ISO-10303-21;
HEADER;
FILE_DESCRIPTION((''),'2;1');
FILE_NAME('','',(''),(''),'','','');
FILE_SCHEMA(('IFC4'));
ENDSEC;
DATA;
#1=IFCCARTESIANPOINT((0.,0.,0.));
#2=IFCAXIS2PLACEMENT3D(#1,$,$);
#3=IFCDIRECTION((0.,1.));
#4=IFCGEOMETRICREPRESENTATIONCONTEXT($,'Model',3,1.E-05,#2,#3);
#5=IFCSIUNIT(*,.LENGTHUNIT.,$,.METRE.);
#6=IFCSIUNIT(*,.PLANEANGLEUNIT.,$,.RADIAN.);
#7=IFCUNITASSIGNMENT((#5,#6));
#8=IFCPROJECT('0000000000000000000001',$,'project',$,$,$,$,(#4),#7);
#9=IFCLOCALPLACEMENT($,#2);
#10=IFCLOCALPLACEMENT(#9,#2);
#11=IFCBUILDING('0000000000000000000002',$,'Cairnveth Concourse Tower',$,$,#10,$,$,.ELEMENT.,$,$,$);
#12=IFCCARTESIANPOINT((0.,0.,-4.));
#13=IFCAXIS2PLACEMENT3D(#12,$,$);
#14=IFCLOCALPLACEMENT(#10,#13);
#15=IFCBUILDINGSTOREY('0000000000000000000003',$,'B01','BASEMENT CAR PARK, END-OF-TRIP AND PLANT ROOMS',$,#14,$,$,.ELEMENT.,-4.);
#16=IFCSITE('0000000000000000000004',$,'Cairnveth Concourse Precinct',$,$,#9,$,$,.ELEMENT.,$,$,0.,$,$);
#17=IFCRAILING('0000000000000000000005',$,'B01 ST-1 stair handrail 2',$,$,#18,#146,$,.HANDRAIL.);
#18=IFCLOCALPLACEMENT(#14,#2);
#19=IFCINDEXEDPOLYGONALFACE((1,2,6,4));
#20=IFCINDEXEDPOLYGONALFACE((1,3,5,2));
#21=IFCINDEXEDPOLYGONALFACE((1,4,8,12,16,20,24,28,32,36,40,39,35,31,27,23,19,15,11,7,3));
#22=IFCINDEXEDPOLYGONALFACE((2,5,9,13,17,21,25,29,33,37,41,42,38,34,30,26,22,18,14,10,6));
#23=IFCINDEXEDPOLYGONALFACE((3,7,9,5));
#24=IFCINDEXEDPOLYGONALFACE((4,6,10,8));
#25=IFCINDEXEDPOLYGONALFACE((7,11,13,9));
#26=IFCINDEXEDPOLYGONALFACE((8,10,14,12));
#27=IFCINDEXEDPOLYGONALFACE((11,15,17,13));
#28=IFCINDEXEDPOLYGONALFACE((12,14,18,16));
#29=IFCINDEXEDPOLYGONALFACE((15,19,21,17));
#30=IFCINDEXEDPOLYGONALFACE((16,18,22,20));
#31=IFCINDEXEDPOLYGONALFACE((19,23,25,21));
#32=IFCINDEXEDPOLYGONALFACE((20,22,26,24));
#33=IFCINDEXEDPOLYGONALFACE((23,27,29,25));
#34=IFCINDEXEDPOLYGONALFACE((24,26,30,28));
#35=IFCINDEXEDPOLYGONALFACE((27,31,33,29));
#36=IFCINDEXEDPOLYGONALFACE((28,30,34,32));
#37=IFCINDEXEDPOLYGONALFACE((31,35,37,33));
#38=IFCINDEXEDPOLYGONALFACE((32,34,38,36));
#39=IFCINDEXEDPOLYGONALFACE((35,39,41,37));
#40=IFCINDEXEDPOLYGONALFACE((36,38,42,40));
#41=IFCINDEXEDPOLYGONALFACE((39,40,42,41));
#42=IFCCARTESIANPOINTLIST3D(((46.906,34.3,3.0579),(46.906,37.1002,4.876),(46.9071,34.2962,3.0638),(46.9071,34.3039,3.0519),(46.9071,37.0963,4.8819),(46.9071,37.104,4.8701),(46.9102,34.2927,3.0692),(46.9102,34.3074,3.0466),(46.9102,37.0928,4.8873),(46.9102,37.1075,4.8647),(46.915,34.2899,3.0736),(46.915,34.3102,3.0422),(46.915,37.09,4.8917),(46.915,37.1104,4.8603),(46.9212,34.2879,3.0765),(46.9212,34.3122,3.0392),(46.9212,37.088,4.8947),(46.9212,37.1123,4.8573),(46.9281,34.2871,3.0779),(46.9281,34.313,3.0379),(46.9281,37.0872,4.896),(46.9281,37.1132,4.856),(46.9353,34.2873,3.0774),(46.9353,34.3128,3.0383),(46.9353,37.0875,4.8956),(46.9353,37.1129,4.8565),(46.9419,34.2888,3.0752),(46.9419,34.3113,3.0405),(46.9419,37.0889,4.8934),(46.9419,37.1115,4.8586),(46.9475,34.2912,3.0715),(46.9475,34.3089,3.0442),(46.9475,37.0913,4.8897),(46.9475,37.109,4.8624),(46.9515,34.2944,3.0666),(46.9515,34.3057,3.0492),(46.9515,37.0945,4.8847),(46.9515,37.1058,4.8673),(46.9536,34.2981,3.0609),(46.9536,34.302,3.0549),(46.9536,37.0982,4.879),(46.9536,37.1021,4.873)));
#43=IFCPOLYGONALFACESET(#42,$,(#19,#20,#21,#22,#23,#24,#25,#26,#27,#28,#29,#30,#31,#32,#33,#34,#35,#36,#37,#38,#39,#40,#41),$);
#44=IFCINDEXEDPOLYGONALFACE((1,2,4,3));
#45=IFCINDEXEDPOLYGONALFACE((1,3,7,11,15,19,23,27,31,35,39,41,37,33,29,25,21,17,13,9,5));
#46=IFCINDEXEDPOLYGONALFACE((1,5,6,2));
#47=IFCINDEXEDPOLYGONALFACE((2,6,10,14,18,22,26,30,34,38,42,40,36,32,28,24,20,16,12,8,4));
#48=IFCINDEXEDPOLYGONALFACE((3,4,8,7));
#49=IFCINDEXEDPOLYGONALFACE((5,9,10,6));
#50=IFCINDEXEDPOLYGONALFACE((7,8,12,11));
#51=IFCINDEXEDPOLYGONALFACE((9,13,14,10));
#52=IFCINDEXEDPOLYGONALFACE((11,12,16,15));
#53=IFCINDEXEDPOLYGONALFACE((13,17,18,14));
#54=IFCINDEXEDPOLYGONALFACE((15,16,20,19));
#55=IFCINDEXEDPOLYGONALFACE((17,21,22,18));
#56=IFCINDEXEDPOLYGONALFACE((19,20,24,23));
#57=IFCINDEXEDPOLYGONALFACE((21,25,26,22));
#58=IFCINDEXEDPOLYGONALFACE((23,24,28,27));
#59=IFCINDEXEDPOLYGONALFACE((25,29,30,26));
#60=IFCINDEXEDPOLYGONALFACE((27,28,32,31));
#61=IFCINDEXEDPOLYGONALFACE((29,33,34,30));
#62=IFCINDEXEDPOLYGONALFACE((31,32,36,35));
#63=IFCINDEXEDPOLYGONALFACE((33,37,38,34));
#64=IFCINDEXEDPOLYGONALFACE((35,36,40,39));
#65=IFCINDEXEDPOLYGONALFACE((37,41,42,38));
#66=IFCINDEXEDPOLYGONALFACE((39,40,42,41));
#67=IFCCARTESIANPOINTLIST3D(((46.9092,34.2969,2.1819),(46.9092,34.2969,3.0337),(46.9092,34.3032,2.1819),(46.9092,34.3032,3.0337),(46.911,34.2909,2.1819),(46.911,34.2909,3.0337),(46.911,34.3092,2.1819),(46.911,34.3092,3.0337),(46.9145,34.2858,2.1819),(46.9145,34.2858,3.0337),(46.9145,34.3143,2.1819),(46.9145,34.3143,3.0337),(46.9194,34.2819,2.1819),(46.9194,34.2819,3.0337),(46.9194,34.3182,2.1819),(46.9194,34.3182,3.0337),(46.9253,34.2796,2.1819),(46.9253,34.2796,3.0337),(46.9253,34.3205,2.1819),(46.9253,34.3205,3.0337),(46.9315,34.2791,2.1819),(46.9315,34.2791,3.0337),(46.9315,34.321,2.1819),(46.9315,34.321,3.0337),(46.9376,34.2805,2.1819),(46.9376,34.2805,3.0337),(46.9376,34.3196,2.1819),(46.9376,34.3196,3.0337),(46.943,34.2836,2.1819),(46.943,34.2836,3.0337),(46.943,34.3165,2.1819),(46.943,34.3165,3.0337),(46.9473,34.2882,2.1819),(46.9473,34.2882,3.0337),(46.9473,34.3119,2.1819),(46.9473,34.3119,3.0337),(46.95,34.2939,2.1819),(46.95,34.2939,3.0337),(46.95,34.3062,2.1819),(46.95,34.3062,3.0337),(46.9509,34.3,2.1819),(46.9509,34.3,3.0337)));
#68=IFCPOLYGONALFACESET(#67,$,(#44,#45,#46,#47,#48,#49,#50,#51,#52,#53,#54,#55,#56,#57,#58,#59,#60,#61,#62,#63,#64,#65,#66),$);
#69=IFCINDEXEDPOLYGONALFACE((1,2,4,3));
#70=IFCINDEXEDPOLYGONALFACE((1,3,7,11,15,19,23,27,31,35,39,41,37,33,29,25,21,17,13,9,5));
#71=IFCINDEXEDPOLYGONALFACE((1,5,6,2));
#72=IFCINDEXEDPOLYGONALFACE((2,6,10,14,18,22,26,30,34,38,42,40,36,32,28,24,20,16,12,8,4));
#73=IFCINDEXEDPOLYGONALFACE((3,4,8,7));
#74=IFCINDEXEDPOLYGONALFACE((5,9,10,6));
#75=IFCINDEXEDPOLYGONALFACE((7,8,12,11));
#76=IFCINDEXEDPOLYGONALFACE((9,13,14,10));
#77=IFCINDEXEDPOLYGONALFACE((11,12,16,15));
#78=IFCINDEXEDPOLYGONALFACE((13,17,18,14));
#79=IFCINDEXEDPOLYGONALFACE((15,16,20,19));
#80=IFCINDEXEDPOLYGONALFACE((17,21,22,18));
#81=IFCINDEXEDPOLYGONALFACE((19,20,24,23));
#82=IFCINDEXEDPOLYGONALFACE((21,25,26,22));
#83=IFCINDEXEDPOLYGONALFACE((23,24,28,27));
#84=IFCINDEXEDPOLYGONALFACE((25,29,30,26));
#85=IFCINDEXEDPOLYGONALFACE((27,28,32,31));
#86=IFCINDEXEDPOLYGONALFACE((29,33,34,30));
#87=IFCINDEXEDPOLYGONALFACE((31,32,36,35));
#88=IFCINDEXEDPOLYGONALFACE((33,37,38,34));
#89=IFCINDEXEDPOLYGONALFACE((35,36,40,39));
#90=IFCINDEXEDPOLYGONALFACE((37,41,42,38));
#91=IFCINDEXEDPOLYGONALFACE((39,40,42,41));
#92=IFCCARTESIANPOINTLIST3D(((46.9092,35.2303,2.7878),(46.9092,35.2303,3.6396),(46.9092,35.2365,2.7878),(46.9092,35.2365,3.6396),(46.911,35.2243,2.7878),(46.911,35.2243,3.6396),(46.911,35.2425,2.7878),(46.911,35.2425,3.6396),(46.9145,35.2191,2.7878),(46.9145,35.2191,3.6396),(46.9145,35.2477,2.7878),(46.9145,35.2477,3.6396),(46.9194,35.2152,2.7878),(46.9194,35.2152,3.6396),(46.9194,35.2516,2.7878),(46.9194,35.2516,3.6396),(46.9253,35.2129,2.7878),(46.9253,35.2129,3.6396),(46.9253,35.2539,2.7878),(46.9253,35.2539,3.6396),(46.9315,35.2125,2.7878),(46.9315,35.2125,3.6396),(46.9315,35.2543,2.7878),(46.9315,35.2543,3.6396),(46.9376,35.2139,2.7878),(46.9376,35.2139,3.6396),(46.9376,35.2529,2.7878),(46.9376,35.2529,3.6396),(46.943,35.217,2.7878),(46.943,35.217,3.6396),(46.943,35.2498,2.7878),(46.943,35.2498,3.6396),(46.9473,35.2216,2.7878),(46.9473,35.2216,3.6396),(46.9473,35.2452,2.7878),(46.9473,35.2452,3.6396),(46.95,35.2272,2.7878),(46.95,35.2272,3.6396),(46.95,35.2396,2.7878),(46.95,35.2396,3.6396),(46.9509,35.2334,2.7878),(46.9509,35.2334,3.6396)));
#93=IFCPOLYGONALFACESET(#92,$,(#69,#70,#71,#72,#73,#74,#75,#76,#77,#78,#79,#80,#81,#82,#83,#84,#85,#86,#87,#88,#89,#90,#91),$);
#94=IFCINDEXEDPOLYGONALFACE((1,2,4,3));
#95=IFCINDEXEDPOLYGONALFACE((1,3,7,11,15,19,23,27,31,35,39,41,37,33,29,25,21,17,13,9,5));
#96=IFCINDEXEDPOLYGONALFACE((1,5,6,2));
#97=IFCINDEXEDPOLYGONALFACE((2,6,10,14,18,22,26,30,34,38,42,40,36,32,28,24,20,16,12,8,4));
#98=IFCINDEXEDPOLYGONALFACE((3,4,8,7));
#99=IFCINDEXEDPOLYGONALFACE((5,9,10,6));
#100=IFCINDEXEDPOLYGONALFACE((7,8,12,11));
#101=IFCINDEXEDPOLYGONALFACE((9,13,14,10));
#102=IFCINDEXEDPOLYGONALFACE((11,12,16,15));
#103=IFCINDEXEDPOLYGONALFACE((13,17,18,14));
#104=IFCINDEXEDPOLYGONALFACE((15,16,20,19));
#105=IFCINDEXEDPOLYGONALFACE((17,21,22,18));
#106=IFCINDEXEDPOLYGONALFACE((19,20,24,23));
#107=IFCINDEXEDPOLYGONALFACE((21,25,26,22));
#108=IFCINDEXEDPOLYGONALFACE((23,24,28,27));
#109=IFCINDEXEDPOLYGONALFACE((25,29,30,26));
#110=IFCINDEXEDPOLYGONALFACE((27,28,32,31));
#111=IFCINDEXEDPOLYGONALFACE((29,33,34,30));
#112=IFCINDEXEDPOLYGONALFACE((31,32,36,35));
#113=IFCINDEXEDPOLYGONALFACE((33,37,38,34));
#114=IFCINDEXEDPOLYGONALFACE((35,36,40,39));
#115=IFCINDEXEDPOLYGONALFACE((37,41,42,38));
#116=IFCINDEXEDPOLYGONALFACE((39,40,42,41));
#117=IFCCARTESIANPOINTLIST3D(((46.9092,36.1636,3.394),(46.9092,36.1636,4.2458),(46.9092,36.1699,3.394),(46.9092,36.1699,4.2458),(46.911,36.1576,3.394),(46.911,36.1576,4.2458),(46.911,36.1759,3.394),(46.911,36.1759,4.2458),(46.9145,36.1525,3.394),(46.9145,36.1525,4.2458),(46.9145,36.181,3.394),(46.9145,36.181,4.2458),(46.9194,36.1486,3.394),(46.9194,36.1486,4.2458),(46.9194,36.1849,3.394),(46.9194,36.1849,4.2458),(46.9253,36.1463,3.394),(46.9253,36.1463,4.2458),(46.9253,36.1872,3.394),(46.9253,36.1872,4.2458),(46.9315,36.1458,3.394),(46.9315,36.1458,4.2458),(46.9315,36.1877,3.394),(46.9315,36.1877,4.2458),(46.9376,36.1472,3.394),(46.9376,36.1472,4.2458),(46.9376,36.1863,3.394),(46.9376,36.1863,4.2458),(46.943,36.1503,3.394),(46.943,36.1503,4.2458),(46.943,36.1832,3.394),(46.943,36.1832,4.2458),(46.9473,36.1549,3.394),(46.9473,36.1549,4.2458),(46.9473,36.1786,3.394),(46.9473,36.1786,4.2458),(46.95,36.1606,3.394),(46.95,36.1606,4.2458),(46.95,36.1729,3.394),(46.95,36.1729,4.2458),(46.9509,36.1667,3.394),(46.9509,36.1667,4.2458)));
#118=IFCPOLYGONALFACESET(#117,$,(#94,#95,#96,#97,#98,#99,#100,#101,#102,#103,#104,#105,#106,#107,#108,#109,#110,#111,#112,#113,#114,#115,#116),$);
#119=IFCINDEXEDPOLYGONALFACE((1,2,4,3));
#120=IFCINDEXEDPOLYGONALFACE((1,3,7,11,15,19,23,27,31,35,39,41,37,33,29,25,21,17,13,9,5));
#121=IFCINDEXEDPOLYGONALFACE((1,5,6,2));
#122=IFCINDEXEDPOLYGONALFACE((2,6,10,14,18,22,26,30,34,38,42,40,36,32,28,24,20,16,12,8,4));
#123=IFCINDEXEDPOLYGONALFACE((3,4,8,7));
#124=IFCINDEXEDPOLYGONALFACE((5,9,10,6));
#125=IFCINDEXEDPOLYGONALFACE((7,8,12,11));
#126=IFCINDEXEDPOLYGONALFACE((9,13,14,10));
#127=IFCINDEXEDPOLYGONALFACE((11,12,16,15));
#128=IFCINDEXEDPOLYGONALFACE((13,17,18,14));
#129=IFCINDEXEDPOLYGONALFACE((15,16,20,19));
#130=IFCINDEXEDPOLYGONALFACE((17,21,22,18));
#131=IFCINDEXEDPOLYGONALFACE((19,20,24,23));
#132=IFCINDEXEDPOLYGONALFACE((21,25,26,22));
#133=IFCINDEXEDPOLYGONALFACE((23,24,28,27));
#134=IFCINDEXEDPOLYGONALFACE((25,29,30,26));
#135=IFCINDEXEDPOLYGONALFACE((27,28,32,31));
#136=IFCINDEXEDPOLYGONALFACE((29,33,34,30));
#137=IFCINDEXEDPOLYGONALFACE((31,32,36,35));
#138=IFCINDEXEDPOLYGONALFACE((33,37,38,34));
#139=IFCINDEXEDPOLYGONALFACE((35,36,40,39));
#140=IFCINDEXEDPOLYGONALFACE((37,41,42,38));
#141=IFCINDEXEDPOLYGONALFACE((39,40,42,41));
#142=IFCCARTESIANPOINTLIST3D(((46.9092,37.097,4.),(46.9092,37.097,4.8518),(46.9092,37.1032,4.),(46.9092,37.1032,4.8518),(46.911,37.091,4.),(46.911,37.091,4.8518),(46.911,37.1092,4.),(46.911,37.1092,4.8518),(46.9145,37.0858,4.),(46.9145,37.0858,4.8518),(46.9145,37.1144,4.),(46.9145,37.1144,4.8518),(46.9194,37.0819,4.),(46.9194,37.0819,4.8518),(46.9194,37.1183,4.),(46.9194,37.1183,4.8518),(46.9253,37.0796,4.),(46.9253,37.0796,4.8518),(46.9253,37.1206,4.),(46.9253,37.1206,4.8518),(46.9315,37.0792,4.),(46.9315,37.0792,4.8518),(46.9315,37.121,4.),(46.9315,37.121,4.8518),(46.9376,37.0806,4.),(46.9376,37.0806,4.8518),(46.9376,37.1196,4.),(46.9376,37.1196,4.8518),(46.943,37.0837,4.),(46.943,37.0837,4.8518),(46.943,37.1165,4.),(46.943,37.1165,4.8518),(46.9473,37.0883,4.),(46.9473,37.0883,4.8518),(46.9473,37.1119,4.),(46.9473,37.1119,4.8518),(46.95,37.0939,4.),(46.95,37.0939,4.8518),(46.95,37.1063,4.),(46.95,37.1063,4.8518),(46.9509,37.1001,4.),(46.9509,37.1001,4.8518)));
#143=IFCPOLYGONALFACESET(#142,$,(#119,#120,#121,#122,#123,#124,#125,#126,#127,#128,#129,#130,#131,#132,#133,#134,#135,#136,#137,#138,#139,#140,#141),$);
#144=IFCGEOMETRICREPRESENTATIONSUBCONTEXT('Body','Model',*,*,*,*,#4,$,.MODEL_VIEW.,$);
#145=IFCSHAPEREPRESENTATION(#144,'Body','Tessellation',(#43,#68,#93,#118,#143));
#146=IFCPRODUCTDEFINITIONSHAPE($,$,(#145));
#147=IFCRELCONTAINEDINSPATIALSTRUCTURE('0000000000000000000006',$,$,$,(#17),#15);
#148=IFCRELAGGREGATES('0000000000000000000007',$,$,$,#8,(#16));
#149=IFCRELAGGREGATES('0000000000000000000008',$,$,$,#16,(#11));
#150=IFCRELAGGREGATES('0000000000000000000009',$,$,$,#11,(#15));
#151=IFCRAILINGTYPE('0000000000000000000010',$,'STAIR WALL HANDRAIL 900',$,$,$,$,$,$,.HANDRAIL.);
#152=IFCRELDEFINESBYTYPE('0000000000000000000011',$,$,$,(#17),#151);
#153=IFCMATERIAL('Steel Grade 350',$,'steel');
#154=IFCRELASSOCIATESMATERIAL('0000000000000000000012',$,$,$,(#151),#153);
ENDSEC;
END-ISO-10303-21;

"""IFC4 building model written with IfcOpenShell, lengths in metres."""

from ifc_helpers import new_model, si_unit, direction, frame, origin, origin_2d, place, context, subcontext, project, spatial, circle, extrude, material, type_object, element, save


model = new_model("IFC4")

# Units and contexts
model_context = context("Model", 3, precision=1e-05, world=origin(), true_north=direction((0.0, 1.0)))
body_context = subcontext(model_context, "Body", "Model", "MODEL_VIEW")
ifc_project = project(units=[si_unit("LENGTHUNIT", "METRE"), si_unit("PLANEANGLEUNIT", "RADIAN")], contexts=[model_context])

# Site, building, storey
site_placement = place(None, origin())
site = spatial("IfcSite", under=ifc_project, at=site_placement, Name="Cairnveth Concourse Precinct", CompositionType="ELEMENT", RefElevation=0.0)
building_placement = place(site_placement, origin())
building = spatial("IfcBuilding", under=site, at=building_placement, Name="Cairnveth Concourse Tower", CompositionType="ELEMENT")
storey_placement = place(building_placement, frame((0.0, 0.0, -4.0)))
storey = spatial("IfcBuildingStorey", under=building, at=storey_placement, Name="B01", Description="BASEMENT CAR PARK, END-OF-TRIP AND PLANT ROOMS", CompositionType="ELEMENT", Elevation=-4.0)

# Shared definitions
ifc_material_1 = material(Name="Steel Grade 350", Category="steel")

# Railing
railing_type_1 = type_object("IfcRailingType", Name="STAIR WALL HANDRAIL 900", PredefinedType="HANDRAIL", material=ifc_material_1)
railing_1_placement = place(storey_placement, frame((46.9299, 34.3, 2.1819)))
element("IfcRailing", 1, at=railing_1_placement, inside=storey, type_object=railing_type_1, Name="B01 ST-1 stair handrail 2", PredefinedType="HANDRAIL", context=body_context, shape_type="SweptSolid", body=[
    extrude(circle(Radius=0.0239, at=origin_2d()), frame((0.0, 0.0, 0.876), z_axis=(0.0, 0.838706, 0.544585), x_axis=(-1.0, 0.0, 0.0)), (0.0, 0.0, 1.0), 3.3386),
    extrude(circle(Radius=0.021, at=origin_2d()), origin(), (0.0, 0.0, 1.0), 0.8518),
    extrude(circle(Radius=0.021, at=origin_2d()), frame((0.0, 0.9333, 0.606)), (0.0, 0.0, 1.0), 0.8518),
    extrude(circle(Radius=0.021, at=origin_2d()), frame((0.0, 1.8667, 1.2122)), (0.0, 0.0, 1.0), 0.8518),
    extrude(circle(Radius=0.021, at=origin_2d()), frame((0.0, 2.8, 1.8181)), (0.0, 0.0, 1.0), 0.8518),
])

save(model, "model.ifc")
